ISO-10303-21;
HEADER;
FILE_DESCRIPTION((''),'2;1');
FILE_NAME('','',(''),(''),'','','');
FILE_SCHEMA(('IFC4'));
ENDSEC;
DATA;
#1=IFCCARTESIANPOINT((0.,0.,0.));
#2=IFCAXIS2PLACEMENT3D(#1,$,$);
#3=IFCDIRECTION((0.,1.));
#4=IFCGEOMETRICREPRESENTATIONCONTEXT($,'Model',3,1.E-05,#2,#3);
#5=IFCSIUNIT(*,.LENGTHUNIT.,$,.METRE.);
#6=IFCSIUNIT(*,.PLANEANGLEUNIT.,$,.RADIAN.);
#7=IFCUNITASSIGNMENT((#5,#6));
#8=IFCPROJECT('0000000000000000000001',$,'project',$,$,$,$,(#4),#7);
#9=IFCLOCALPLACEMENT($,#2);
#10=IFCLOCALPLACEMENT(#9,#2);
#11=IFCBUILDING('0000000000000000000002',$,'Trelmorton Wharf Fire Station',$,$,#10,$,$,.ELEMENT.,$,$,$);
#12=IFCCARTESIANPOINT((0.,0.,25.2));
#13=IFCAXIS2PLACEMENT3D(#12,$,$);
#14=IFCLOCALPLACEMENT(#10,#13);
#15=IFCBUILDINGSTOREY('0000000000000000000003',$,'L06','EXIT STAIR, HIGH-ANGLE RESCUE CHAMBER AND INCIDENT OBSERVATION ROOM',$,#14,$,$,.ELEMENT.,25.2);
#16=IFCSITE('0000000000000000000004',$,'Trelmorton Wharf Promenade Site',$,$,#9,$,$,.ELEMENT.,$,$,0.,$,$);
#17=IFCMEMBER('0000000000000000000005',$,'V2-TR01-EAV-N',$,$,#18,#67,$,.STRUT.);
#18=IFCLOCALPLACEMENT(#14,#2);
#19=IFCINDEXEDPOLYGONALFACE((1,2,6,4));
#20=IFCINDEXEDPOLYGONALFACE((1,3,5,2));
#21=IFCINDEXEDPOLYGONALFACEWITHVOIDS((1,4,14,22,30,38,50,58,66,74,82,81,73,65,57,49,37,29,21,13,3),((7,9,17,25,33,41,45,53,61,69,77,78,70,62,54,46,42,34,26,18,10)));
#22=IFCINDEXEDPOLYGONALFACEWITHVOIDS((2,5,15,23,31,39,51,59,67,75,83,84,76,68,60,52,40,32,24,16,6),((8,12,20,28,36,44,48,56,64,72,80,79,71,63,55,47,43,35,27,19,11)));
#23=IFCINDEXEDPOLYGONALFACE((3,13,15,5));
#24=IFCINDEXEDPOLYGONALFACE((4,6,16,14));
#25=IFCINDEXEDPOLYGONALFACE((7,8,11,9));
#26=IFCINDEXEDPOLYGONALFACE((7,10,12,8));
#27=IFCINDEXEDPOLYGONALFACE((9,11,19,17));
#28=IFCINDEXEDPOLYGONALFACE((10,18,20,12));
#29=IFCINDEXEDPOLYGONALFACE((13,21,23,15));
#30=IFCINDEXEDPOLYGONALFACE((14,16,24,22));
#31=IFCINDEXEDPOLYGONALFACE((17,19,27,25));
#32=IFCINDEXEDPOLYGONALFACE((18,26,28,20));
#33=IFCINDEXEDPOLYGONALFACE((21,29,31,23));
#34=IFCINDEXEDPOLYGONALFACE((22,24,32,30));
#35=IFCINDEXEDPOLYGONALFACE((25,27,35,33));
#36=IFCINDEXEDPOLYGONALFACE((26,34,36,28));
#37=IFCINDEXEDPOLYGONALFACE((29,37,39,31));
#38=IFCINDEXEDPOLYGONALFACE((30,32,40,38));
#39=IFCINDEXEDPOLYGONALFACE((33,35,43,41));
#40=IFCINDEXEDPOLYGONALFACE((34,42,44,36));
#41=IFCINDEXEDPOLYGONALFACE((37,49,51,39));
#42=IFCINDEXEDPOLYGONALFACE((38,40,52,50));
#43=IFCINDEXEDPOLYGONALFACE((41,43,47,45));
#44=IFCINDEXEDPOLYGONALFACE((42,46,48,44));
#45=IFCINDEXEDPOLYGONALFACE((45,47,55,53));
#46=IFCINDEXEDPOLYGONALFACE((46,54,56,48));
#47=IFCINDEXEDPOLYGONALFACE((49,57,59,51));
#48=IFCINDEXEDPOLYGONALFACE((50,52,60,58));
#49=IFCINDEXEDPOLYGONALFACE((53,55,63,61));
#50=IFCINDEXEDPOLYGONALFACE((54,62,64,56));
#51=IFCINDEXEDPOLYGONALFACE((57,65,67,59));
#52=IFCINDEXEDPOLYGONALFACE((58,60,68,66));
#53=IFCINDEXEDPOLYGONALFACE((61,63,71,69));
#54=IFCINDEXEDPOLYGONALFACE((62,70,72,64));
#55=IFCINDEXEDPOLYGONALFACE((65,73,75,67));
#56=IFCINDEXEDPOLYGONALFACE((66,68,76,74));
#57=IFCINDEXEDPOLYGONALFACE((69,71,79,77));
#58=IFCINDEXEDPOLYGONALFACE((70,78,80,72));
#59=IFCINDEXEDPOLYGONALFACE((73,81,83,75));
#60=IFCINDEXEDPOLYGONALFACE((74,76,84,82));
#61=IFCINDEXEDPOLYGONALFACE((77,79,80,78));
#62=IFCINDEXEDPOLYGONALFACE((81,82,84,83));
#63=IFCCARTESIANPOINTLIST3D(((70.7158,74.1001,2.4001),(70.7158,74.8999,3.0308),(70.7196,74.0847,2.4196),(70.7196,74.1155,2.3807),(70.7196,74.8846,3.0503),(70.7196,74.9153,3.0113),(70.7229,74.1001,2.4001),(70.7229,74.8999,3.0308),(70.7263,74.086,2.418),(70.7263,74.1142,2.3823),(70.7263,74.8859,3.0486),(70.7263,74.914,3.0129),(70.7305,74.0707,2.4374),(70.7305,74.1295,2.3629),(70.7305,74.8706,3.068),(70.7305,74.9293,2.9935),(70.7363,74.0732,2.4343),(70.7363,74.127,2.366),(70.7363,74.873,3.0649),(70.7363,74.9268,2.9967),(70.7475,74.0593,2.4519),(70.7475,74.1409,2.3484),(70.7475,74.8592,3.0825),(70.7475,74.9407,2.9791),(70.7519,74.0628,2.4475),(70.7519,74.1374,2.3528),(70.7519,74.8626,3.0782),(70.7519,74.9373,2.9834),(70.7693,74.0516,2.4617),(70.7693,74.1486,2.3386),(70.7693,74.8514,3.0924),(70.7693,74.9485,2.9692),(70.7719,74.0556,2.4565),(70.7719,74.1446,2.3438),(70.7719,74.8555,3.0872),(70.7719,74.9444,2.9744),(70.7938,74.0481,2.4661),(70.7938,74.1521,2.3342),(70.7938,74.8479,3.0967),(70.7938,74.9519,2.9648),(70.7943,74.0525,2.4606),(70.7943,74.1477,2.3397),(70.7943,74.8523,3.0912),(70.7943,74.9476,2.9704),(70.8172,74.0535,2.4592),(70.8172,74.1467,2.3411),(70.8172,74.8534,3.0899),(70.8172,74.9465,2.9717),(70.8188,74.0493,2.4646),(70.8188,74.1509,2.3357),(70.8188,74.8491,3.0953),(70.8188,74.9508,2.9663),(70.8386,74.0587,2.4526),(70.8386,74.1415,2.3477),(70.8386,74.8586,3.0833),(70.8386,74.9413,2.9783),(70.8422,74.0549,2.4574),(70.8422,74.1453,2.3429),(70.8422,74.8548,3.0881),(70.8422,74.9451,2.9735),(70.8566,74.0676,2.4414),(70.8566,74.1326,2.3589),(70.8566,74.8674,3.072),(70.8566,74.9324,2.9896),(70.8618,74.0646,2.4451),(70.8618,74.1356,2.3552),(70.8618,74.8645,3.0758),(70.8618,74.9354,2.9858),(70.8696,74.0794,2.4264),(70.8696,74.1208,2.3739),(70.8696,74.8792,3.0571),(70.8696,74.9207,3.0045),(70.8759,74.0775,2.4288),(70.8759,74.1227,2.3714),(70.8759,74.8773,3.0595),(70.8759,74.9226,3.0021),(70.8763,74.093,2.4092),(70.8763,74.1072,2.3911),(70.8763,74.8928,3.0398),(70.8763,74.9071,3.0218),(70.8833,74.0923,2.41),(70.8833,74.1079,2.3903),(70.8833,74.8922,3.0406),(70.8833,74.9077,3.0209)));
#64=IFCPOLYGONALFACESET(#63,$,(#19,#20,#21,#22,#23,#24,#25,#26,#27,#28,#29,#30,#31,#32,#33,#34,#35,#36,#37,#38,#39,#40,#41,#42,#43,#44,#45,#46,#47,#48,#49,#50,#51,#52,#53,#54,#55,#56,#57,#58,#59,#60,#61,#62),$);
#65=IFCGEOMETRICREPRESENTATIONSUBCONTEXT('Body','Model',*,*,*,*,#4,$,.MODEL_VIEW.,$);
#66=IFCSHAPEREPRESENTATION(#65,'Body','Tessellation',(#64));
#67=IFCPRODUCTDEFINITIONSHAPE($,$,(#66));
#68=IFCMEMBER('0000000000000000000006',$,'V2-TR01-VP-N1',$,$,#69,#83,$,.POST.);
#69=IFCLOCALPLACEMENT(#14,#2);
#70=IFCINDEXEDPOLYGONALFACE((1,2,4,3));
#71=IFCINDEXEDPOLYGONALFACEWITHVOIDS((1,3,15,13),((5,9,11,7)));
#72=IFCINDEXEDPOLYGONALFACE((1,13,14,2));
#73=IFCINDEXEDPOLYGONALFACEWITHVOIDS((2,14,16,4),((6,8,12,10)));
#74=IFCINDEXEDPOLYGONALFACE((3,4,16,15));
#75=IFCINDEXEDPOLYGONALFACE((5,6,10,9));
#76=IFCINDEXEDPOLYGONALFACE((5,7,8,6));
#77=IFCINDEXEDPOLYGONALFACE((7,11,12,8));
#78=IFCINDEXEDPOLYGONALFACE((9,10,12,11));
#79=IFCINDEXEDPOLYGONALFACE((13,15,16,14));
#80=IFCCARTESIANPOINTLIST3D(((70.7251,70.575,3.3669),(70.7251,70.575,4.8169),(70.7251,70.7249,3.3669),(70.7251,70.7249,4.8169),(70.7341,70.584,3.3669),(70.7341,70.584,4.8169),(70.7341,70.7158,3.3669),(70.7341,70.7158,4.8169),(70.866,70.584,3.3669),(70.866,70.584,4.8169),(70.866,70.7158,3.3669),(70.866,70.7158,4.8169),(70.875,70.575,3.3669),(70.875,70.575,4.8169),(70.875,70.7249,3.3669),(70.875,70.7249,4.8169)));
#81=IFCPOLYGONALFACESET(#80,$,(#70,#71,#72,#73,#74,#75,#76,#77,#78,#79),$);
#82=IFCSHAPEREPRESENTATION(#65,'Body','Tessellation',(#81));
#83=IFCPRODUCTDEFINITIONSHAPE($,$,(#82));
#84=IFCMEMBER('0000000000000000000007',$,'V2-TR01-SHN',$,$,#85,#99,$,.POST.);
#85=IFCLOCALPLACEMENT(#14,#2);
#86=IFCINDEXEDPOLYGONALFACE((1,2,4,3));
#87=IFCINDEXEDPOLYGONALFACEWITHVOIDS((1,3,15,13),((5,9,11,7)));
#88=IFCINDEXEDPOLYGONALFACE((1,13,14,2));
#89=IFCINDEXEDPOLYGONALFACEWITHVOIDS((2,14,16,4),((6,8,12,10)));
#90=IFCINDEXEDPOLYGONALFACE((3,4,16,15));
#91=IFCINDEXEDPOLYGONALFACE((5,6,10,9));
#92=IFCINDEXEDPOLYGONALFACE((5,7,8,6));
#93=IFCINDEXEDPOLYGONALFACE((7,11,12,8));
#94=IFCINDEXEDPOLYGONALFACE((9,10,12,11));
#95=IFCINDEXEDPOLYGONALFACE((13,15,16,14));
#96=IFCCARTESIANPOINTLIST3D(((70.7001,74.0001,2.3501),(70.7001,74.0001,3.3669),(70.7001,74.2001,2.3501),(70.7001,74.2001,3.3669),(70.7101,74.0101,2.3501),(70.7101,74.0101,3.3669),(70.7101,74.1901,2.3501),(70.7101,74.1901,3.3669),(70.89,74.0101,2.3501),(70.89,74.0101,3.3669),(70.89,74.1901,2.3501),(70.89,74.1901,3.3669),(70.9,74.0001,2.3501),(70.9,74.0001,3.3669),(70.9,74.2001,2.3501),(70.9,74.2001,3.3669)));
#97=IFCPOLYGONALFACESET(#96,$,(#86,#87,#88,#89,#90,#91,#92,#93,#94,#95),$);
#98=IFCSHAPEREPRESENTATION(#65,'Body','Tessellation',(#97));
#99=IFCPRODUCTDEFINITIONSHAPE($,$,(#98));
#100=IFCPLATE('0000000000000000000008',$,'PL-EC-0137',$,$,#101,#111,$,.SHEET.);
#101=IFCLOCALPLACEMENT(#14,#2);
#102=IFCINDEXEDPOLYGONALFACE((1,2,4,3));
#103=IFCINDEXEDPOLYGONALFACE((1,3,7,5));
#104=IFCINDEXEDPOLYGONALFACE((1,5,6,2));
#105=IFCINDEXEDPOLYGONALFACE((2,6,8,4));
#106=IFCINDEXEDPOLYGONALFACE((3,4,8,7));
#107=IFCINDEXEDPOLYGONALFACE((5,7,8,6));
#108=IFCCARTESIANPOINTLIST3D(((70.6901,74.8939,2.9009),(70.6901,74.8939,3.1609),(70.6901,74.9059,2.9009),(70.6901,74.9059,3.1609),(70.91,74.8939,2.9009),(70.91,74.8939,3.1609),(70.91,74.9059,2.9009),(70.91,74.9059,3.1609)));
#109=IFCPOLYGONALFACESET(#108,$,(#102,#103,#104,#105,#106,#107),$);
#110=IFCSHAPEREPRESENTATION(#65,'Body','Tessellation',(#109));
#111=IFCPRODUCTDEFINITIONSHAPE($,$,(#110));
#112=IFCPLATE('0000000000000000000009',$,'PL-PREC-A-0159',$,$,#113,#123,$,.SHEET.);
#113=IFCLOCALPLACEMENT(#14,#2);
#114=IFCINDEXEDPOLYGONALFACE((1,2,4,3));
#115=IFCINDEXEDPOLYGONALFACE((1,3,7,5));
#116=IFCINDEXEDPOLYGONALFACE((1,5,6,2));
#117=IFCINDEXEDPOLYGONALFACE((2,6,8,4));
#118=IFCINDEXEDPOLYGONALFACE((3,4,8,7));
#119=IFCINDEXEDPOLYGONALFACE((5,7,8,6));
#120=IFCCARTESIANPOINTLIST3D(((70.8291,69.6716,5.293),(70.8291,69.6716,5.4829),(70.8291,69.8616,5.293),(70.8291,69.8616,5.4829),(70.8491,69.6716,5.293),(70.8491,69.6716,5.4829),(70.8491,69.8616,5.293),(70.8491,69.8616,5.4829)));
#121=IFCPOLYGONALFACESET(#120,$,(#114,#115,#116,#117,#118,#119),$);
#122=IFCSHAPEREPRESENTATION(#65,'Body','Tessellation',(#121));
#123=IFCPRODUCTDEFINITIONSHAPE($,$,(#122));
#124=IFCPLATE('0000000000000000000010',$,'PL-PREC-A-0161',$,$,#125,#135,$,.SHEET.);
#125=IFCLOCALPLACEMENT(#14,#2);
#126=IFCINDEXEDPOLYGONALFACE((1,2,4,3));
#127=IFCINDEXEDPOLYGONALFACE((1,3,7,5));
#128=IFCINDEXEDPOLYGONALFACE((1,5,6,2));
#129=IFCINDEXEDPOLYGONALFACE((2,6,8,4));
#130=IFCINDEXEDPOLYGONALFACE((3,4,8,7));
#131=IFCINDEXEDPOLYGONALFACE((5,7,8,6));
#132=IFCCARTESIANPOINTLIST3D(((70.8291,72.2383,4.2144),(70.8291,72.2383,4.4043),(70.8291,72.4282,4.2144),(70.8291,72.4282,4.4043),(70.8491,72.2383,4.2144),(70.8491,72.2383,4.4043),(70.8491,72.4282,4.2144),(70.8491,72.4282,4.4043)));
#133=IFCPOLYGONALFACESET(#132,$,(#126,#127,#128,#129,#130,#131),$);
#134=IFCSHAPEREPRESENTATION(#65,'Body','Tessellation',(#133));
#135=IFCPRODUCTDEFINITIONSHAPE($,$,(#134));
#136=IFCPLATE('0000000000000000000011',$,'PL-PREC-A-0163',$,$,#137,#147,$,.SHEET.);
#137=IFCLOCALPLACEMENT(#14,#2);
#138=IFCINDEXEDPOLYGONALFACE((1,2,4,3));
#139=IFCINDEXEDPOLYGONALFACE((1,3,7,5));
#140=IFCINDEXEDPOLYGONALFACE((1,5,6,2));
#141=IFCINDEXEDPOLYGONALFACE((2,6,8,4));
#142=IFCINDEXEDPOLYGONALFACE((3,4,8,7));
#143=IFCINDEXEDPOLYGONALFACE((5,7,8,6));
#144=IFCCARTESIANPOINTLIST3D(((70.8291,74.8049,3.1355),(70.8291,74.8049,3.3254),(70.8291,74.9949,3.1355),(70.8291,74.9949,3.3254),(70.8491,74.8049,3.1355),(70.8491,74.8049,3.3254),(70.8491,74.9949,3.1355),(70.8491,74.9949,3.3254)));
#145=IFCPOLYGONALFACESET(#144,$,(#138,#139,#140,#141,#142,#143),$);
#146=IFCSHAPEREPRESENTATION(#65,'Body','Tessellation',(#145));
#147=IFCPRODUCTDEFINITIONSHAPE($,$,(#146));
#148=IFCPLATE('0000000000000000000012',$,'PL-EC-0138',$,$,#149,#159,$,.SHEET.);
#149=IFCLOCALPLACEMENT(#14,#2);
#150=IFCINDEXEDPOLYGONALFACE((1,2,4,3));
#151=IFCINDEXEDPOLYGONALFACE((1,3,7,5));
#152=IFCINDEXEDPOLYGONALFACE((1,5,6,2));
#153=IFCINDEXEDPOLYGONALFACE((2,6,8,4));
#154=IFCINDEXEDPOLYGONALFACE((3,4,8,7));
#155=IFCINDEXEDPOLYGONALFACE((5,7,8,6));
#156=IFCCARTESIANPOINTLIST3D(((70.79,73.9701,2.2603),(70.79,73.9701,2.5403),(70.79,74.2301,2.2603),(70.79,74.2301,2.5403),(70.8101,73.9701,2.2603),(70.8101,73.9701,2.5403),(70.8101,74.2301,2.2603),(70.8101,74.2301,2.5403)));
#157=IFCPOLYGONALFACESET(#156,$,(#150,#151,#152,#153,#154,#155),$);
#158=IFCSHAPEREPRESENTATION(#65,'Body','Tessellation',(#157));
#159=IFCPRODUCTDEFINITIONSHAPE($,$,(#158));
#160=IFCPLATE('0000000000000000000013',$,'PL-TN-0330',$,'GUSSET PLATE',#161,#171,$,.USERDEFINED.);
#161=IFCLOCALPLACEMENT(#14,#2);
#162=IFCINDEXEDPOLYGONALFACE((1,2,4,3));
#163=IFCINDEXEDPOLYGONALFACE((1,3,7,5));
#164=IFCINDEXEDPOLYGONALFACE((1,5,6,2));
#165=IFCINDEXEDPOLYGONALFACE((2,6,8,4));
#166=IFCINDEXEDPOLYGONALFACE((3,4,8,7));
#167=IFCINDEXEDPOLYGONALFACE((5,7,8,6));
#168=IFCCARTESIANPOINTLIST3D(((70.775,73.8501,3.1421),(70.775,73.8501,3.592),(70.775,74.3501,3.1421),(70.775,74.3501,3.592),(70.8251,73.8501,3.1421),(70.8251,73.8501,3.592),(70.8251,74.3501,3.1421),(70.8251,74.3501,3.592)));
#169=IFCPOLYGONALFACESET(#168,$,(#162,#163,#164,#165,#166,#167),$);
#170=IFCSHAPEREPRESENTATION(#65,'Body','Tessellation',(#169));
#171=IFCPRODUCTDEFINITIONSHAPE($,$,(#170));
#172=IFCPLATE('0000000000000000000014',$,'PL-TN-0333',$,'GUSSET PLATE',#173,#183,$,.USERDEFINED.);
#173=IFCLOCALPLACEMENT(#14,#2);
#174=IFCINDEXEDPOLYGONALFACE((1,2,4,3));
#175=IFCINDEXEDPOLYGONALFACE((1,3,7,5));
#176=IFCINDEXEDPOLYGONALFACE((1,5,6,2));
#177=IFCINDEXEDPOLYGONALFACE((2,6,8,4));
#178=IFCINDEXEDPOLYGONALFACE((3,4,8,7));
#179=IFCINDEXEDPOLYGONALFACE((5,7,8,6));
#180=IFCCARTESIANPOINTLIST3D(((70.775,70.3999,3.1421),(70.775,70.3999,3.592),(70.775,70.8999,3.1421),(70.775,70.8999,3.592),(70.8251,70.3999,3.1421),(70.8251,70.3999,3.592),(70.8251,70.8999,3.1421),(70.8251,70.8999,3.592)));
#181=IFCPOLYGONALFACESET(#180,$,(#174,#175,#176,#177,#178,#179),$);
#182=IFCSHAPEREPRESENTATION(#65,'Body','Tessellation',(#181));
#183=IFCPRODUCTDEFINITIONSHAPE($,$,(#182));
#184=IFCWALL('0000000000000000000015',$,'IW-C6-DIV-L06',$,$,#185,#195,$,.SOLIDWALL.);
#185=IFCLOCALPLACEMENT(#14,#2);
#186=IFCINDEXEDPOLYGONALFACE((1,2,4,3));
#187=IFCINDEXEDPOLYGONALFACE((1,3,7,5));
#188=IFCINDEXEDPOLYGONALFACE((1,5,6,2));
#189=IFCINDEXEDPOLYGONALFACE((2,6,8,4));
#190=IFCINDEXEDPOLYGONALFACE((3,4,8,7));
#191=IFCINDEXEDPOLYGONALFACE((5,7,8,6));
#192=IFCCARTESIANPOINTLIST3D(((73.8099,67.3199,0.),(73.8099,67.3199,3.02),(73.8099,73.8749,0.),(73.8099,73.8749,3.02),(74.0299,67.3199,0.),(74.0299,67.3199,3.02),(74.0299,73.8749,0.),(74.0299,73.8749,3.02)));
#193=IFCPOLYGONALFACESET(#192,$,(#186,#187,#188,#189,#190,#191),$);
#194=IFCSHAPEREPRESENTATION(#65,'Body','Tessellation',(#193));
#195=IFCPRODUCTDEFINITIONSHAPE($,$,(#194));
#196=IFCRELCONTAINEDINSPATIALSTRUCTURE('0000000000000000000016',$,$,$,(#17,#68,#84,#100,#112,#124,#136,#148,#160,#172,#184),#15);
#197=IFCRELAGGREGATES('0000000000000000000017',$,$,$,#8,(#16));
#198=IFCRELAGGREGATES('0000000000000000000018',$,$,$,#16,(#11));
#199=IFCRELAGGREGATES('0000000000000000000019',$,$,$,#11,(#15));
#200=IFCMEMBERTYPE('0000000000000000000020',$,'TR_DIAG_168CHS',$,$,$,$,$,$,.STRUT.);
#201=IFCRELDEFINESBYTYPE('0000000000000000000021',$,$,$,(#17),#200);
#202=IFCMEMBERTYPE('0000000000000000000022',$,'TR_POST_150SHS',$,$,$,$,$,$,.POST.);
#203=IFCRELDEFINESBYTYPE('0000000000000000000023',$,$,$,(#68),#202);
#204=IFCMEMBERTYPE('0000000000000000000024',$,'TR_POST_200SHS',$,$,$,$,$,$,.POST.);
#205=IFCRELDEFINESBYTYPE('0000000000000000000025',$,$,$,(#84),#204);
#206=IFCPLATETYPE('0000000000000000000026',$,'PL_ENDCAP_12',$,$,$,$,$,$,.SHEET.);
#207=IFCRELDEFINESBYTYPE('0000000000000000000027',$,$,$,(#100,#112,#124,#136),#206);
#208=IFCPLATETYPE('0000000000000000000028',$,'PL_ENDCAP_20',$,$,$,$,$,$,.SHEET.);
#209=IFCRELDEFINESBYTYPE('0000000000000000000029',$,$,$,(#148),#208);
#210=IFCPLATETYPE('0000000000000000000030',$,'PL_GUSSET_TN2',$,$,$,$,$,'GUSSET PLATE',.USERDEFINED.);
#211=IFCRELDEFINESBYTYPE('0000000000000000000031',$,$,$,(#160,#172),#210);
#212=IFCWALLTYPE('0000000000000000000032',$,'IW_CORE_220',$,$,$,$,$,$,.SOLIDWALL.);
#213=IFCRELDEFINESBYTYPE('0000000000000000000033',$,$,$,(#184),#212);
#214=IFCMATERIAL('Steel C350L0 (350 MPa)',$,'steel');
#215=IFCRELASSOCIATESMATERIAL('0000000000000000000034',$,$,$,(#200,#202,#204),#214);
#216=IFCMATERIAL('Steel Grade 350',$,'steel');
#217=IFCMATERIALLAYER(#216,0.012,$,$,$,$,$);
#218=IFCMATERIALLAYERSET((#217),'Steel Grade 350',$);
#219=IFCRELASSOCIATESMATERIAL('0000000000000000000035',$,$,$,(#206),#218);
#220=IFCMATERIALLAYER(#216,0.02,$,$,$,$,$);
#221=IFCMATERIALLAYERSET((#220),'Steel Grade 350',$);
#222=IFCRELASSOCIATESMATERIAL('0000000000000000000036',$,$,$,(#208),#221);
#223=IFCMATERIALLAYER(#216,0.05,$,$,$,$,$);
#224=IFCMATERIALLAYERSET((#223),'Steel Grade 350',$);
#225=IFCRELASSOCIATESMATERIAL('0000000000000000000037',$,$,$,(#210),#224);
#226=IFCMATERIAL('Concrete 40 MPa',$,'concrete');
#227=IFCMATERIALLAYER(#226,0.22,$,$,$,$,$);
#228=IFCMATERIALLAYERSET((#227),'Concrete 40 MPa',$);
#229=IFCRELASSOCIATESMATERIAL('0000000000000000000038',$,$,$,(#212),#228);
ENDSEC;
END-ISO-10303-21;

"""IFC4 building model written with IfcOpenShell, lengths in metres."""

from ifc_helpers import new_model, si_unit, direction, frame, frame_2d, origin, origin_2d, place, context, subcontext, project, spatial, rectangle, hollow_rectangle, hollow_circle, extrude, material, layer, layer_set, material_profile, profile_set, type_object, element, save


model = new_model("IFC4")

# Units and contexts
model_context = context("Model", 3, precision=1e-05, world=origin(), true_north=direction((0.0, 1.0)))
body_context = subcontext(model_context, "Body", "Model", "MODEL_VIEW")
ifc_project = project(units=[si_unit("LENGTHUNIT", "METRE"), si_unit("PLANEANGLEUNIT", "RADIAN")], contexts=[model_context])

# Site, building, storey
site_placement = place(None, origin())
site = spatial("IfcSite", under=ifc_project, at=site_placement, Name="Trelmorton Wharf Promenade Site", CompositionType="ELEMENT", RefElevation=0.0)
building_placement = place(site_placement, origin())
building = spatial("IfcBuilding", under=site, at=building_placement, Name="Trelmorton Wharf Fire Station", CompositionType="ELEMENT")
storey_placement = place(building_placement, frame((0.0, 0.0, 25.2)))
storey = spatial("IfcBuildingStorey", under=building, at=storey_placement, Name="L06", Description="EXIT STAIR, HIGH-ANGLE RESCUE CHAMBER AND INCIDENT OBSERVATION ROOM", CompositionType="ELEMENT", Elevation=25.2)

# Shared definitions
ifc_material_1 = material(Name="Steel Grade 350", Category="steel")

# Members
ifc_material_2 = material(Name="Steel C350L0 (350 MPa)", Category="steel")
ifc_material_profile_1 = material_profile(ifc_material_2, hollow_circle(Radius=0.0842, WallThickness=0.0071, at=origin_2d()), Name="168.3x7.1CHS")
ifc_profile_set_1 = profile_set([ifc_material_profile_1], Name="Steel C350L0 (350 MPa)")
member_type_1 = type_object("IfcMemberType", Name="TR_DIAG_168CHS", PredefinedType="STRUT", material=ifc_profile_set_1)
member_1_placement = place(storey_placement, frame((70.8, 74.1001, 2.4001), z_axis=(0.0, 0.785269, 0.619155), x_axis=(-1.0, 0.0, 0.0)))
element("IfcMember", 1, at=member_1_placement, inside=storey, type_object=member_type_1, Name="V2-TR01-EAV-N", PredefinedType="STRUT", context=body_context, shape_type="SweptSolid", body=[
    extrude(hollow_circle(Radius=0.0842, WallThickness=0.0071, at=origin_2d()), origin(), (0.0, 0.0, 1.0), 1.0186),
])
ifc_material_profile_2 = material_profile(ifc_material_2, hollow_rectangle(XDim=0.1499, YDim=0.1499, WallThickness=0.009, at=origin_2d()), Name="150x150x9.0SHS")
ifc_profile_set_2 = profile_set([ifc_material_profile_2], Name="Steel C350L0 (350 MPa)")
member_type_2 = type_object("IfcMemberType", Name="TR_POST_150SHS", PredefinedType="POST", material=ifc_profile_set_2)
member_2_placement = place(storey_placement, frame((70.8, 70.6499, 3.3669), z_axis=(0.0, 0.0, 1.0), x_axis=(1.0, 0.0, 0.0)))
element("IfcMember", 2, at=member_2_placement, inside=storey, type_object=member_type_2, Name="V2-TR01-VP-N1", PredefinedType="POST", context=body_context, shape_type="SweptSolid", body=[
    extrude(hollow_rectangle(XDim=0.1499, YDim=0.1499, WallThickness=0.009, at=origin_2d()), origin(), (0.0, 0.0, 1.0), 1.45),
])
ifc_material_profile_3 = material_profile(ifc_material_2, hollow_rectangle(XDim=0.2, YDim=0.2, WallThickness=0.01, at=origin_2d()), Name="200x200x10.0SHS")
ifc_profile_set_3 = profile_set([ifc_material_profile_3], Name="Steel C350L0 (350 MPa)")
member_type_3 = type_object("IfcMemberType", Name="TR_POST_200SHS", PredefinedType="POST", material=ifc_profile_set_3)
member_3_placement = place(storey_placement, frame((70.8, 74.1001, 2.3501), z_axis=(0.0, 0.0, 1.0), x_axis=(1.0, 0.0, 0.0)))
element("IfcMember", 3, at=member_3_placement, inside=storey, type_object=member_type_3, Name="V2-TR01-SHN", PredefinedType="POST", context=body_context, shape_type="SweptSolid", body=[
    extrude(hollow_rectangle(XDim=0.2, YDim=0.2, WallThickness=0.01, at=origin_2d()), origin(), (0.0, 0.0, 1.0), 1.0168),
])

# Plates
ifc_layer_1 = layer(ifc_material_1, 0.012)
ifc_layer_set_1 = layer_set([ifc_layer_1], Name="Steel Grade 350")
plate_type_1 = type_object("IfcPlateType", Name="PL_ENDCAP_12", PredefinedType="SHEET", material=ifc_layer_set_1)
plate_1_placement = place(storey_placement, frame((70.8, 74.8999, 2.9009), z_axis=(0.0, 0.0, 1.0), x_axis=(1.0, 0.0, 0.0)))
element("IfcPlate", 4, at=plate_1_placement, inside=storey, type_object=plate_type_1, Name="PL-EC-0137", PredefinedType="SHEET", context=body_context, shape_type="SweptSolid", body=[
    extrude(rectangle(XDim=0.22, YDim=0.012, at=origin_2d()), origin(), (0.0, 0.0, 1.0), 0.26),
])
for number, where, z_axis, x_axis, name in (
    (5, (70.8391, 69.7666, 5.293), (0.0, 0.0, 1.0), (1.0, 0.0, 0.0), "PL-PREC-A-0159"),
    (6, (70.8391, 72.3333, 4.2144), (0.0, 0.0, 1.0), (1.0, 0.0, 0.0), "PL-PREC-A-0161"),
    (7, (70.8391, 74.8999, 3.1355), (0.0, 0.0, 1.0), (1.0, 0.0, 0.0), "PL-PREC-A-0163"),
):
    element("IfcPlate", number, at=place(storey_placement, frame(where, z_axis=z_axis, x_axis=x_axis)), inside=storey, type_object=plate_type_1, Name=name, PredefinedType="SHEET", context=body_context, shape_type="SweptSolid", body=[
        extrude(rectangle(XDim=0.02, YDim=0.1899, at=origin_2d()), origin(), (0.0, 0.0, 1.0), 0.1899),
    ])
ifc_layer_2 = layer(ifc_material_1, 0.02)
ifc_layer_set_2 = layer_set([ifc_layer_2], Name="Steel Grade 350")
plate_type_2 = type_object("IfcPlateType", Name="PL_ENDCAP_20", PredefinedType="SHEET", material=ifc_layer_set_2)
plate_2_placement = place(storey_placement, frame((70.8, 74.1001, 2.2603), z_axis=(0.0, 0.0, 1.0), x_axis=(1.0, 0.0, 0.0)))
element("IfcPlate", 8, at=plate_2_placement, inside=storey, type_object=plate_type_2, Name="PL-EC-0138", PredefinedType="SHEET", context=body_context, shape_type="SweptSolid", body=[
    extrude(rectangle(XDim=0.02, YDim=0.26, at=origin_2d()), origin(), (0.0, 0.0, 1.0), 0.28),
])
ifc_layer_3 = layer(ifc_material_1, 0.05)
ifc_layer_set_3 = layer_set([ifc_layer_3], Name="Steel Grade 350")
plate_type_3 = type_object("IfcPlateType", Name="PL_GUSSET_TN2", ElementType="GUSSET PLATE", PredefinedType="USERDEFINED", material=ifc_layer_set_3)
for number, where, z_axis, x_axis, name in (
    (9, (70.8, 74.1001, 3.1421), (0.0, 0.0, 1.0), (1.0, 0.0, 0.0), "PL-TN-0330"),
    (10, (70.8, 70.6499, 3.1421), (0.0, 0.0, 1.0), (1.0, 0.0, 0.0), "PL-TN-0333"),
):
    element("IfcPlate", number, at=place(storey_placement, frame(where, z_axis=z_axis, x_axis=x_axis)), inside=storey, type_object=plate_type_3, Name=name, ObjectType="GUSSET PLATE", PredefinedType="USERDEFINED", context=body_context, shape_type="SweptSolid", body=[
        extrude(rectangle(XDim=0.05, YDim=0.5, at=origin_2d()), origin(), (0.0, 0.0, 1.0), 0.45),
    ])

# Wall
ifc_material_3 = material(Name="Concrete 40 MPa", Category="concrete")
ifc_layer_4 = layer(ifc_material_3, 0.22)
ifc_layer_set_4 = layer_set([ifc_layer_4], Name="Concrete 40 MPa")
wall_type_1 = type_object("IfcWallType", Name="IW_CORE_220", PredefinedType="SOLIDWALL", material=ifc_layer_set_4)
wall_1_placement = place(storey_placement, frame((73.9199, 67.3201, 0.0), z_axis=(0.0, 0.0, 1.0), x_axis=(0.0, 1.0, 0.0)))
element("IfcWall", 11, at=wall_1_placement, inside=storey, type_object=wall_type_1, Name="IW-C6-DIV-L06", PredefinedType="SOLIDWALL", context=body_context, shape_type="SweptSolid", body=[
    extrude(rectangle(XDim=6.5549, YDim=0.22, at=frame_2d((3.2773, 0.0))), origin(), (0.0, 0.0, 1.0), 3.02),
])

save(model, "model.ifc")
